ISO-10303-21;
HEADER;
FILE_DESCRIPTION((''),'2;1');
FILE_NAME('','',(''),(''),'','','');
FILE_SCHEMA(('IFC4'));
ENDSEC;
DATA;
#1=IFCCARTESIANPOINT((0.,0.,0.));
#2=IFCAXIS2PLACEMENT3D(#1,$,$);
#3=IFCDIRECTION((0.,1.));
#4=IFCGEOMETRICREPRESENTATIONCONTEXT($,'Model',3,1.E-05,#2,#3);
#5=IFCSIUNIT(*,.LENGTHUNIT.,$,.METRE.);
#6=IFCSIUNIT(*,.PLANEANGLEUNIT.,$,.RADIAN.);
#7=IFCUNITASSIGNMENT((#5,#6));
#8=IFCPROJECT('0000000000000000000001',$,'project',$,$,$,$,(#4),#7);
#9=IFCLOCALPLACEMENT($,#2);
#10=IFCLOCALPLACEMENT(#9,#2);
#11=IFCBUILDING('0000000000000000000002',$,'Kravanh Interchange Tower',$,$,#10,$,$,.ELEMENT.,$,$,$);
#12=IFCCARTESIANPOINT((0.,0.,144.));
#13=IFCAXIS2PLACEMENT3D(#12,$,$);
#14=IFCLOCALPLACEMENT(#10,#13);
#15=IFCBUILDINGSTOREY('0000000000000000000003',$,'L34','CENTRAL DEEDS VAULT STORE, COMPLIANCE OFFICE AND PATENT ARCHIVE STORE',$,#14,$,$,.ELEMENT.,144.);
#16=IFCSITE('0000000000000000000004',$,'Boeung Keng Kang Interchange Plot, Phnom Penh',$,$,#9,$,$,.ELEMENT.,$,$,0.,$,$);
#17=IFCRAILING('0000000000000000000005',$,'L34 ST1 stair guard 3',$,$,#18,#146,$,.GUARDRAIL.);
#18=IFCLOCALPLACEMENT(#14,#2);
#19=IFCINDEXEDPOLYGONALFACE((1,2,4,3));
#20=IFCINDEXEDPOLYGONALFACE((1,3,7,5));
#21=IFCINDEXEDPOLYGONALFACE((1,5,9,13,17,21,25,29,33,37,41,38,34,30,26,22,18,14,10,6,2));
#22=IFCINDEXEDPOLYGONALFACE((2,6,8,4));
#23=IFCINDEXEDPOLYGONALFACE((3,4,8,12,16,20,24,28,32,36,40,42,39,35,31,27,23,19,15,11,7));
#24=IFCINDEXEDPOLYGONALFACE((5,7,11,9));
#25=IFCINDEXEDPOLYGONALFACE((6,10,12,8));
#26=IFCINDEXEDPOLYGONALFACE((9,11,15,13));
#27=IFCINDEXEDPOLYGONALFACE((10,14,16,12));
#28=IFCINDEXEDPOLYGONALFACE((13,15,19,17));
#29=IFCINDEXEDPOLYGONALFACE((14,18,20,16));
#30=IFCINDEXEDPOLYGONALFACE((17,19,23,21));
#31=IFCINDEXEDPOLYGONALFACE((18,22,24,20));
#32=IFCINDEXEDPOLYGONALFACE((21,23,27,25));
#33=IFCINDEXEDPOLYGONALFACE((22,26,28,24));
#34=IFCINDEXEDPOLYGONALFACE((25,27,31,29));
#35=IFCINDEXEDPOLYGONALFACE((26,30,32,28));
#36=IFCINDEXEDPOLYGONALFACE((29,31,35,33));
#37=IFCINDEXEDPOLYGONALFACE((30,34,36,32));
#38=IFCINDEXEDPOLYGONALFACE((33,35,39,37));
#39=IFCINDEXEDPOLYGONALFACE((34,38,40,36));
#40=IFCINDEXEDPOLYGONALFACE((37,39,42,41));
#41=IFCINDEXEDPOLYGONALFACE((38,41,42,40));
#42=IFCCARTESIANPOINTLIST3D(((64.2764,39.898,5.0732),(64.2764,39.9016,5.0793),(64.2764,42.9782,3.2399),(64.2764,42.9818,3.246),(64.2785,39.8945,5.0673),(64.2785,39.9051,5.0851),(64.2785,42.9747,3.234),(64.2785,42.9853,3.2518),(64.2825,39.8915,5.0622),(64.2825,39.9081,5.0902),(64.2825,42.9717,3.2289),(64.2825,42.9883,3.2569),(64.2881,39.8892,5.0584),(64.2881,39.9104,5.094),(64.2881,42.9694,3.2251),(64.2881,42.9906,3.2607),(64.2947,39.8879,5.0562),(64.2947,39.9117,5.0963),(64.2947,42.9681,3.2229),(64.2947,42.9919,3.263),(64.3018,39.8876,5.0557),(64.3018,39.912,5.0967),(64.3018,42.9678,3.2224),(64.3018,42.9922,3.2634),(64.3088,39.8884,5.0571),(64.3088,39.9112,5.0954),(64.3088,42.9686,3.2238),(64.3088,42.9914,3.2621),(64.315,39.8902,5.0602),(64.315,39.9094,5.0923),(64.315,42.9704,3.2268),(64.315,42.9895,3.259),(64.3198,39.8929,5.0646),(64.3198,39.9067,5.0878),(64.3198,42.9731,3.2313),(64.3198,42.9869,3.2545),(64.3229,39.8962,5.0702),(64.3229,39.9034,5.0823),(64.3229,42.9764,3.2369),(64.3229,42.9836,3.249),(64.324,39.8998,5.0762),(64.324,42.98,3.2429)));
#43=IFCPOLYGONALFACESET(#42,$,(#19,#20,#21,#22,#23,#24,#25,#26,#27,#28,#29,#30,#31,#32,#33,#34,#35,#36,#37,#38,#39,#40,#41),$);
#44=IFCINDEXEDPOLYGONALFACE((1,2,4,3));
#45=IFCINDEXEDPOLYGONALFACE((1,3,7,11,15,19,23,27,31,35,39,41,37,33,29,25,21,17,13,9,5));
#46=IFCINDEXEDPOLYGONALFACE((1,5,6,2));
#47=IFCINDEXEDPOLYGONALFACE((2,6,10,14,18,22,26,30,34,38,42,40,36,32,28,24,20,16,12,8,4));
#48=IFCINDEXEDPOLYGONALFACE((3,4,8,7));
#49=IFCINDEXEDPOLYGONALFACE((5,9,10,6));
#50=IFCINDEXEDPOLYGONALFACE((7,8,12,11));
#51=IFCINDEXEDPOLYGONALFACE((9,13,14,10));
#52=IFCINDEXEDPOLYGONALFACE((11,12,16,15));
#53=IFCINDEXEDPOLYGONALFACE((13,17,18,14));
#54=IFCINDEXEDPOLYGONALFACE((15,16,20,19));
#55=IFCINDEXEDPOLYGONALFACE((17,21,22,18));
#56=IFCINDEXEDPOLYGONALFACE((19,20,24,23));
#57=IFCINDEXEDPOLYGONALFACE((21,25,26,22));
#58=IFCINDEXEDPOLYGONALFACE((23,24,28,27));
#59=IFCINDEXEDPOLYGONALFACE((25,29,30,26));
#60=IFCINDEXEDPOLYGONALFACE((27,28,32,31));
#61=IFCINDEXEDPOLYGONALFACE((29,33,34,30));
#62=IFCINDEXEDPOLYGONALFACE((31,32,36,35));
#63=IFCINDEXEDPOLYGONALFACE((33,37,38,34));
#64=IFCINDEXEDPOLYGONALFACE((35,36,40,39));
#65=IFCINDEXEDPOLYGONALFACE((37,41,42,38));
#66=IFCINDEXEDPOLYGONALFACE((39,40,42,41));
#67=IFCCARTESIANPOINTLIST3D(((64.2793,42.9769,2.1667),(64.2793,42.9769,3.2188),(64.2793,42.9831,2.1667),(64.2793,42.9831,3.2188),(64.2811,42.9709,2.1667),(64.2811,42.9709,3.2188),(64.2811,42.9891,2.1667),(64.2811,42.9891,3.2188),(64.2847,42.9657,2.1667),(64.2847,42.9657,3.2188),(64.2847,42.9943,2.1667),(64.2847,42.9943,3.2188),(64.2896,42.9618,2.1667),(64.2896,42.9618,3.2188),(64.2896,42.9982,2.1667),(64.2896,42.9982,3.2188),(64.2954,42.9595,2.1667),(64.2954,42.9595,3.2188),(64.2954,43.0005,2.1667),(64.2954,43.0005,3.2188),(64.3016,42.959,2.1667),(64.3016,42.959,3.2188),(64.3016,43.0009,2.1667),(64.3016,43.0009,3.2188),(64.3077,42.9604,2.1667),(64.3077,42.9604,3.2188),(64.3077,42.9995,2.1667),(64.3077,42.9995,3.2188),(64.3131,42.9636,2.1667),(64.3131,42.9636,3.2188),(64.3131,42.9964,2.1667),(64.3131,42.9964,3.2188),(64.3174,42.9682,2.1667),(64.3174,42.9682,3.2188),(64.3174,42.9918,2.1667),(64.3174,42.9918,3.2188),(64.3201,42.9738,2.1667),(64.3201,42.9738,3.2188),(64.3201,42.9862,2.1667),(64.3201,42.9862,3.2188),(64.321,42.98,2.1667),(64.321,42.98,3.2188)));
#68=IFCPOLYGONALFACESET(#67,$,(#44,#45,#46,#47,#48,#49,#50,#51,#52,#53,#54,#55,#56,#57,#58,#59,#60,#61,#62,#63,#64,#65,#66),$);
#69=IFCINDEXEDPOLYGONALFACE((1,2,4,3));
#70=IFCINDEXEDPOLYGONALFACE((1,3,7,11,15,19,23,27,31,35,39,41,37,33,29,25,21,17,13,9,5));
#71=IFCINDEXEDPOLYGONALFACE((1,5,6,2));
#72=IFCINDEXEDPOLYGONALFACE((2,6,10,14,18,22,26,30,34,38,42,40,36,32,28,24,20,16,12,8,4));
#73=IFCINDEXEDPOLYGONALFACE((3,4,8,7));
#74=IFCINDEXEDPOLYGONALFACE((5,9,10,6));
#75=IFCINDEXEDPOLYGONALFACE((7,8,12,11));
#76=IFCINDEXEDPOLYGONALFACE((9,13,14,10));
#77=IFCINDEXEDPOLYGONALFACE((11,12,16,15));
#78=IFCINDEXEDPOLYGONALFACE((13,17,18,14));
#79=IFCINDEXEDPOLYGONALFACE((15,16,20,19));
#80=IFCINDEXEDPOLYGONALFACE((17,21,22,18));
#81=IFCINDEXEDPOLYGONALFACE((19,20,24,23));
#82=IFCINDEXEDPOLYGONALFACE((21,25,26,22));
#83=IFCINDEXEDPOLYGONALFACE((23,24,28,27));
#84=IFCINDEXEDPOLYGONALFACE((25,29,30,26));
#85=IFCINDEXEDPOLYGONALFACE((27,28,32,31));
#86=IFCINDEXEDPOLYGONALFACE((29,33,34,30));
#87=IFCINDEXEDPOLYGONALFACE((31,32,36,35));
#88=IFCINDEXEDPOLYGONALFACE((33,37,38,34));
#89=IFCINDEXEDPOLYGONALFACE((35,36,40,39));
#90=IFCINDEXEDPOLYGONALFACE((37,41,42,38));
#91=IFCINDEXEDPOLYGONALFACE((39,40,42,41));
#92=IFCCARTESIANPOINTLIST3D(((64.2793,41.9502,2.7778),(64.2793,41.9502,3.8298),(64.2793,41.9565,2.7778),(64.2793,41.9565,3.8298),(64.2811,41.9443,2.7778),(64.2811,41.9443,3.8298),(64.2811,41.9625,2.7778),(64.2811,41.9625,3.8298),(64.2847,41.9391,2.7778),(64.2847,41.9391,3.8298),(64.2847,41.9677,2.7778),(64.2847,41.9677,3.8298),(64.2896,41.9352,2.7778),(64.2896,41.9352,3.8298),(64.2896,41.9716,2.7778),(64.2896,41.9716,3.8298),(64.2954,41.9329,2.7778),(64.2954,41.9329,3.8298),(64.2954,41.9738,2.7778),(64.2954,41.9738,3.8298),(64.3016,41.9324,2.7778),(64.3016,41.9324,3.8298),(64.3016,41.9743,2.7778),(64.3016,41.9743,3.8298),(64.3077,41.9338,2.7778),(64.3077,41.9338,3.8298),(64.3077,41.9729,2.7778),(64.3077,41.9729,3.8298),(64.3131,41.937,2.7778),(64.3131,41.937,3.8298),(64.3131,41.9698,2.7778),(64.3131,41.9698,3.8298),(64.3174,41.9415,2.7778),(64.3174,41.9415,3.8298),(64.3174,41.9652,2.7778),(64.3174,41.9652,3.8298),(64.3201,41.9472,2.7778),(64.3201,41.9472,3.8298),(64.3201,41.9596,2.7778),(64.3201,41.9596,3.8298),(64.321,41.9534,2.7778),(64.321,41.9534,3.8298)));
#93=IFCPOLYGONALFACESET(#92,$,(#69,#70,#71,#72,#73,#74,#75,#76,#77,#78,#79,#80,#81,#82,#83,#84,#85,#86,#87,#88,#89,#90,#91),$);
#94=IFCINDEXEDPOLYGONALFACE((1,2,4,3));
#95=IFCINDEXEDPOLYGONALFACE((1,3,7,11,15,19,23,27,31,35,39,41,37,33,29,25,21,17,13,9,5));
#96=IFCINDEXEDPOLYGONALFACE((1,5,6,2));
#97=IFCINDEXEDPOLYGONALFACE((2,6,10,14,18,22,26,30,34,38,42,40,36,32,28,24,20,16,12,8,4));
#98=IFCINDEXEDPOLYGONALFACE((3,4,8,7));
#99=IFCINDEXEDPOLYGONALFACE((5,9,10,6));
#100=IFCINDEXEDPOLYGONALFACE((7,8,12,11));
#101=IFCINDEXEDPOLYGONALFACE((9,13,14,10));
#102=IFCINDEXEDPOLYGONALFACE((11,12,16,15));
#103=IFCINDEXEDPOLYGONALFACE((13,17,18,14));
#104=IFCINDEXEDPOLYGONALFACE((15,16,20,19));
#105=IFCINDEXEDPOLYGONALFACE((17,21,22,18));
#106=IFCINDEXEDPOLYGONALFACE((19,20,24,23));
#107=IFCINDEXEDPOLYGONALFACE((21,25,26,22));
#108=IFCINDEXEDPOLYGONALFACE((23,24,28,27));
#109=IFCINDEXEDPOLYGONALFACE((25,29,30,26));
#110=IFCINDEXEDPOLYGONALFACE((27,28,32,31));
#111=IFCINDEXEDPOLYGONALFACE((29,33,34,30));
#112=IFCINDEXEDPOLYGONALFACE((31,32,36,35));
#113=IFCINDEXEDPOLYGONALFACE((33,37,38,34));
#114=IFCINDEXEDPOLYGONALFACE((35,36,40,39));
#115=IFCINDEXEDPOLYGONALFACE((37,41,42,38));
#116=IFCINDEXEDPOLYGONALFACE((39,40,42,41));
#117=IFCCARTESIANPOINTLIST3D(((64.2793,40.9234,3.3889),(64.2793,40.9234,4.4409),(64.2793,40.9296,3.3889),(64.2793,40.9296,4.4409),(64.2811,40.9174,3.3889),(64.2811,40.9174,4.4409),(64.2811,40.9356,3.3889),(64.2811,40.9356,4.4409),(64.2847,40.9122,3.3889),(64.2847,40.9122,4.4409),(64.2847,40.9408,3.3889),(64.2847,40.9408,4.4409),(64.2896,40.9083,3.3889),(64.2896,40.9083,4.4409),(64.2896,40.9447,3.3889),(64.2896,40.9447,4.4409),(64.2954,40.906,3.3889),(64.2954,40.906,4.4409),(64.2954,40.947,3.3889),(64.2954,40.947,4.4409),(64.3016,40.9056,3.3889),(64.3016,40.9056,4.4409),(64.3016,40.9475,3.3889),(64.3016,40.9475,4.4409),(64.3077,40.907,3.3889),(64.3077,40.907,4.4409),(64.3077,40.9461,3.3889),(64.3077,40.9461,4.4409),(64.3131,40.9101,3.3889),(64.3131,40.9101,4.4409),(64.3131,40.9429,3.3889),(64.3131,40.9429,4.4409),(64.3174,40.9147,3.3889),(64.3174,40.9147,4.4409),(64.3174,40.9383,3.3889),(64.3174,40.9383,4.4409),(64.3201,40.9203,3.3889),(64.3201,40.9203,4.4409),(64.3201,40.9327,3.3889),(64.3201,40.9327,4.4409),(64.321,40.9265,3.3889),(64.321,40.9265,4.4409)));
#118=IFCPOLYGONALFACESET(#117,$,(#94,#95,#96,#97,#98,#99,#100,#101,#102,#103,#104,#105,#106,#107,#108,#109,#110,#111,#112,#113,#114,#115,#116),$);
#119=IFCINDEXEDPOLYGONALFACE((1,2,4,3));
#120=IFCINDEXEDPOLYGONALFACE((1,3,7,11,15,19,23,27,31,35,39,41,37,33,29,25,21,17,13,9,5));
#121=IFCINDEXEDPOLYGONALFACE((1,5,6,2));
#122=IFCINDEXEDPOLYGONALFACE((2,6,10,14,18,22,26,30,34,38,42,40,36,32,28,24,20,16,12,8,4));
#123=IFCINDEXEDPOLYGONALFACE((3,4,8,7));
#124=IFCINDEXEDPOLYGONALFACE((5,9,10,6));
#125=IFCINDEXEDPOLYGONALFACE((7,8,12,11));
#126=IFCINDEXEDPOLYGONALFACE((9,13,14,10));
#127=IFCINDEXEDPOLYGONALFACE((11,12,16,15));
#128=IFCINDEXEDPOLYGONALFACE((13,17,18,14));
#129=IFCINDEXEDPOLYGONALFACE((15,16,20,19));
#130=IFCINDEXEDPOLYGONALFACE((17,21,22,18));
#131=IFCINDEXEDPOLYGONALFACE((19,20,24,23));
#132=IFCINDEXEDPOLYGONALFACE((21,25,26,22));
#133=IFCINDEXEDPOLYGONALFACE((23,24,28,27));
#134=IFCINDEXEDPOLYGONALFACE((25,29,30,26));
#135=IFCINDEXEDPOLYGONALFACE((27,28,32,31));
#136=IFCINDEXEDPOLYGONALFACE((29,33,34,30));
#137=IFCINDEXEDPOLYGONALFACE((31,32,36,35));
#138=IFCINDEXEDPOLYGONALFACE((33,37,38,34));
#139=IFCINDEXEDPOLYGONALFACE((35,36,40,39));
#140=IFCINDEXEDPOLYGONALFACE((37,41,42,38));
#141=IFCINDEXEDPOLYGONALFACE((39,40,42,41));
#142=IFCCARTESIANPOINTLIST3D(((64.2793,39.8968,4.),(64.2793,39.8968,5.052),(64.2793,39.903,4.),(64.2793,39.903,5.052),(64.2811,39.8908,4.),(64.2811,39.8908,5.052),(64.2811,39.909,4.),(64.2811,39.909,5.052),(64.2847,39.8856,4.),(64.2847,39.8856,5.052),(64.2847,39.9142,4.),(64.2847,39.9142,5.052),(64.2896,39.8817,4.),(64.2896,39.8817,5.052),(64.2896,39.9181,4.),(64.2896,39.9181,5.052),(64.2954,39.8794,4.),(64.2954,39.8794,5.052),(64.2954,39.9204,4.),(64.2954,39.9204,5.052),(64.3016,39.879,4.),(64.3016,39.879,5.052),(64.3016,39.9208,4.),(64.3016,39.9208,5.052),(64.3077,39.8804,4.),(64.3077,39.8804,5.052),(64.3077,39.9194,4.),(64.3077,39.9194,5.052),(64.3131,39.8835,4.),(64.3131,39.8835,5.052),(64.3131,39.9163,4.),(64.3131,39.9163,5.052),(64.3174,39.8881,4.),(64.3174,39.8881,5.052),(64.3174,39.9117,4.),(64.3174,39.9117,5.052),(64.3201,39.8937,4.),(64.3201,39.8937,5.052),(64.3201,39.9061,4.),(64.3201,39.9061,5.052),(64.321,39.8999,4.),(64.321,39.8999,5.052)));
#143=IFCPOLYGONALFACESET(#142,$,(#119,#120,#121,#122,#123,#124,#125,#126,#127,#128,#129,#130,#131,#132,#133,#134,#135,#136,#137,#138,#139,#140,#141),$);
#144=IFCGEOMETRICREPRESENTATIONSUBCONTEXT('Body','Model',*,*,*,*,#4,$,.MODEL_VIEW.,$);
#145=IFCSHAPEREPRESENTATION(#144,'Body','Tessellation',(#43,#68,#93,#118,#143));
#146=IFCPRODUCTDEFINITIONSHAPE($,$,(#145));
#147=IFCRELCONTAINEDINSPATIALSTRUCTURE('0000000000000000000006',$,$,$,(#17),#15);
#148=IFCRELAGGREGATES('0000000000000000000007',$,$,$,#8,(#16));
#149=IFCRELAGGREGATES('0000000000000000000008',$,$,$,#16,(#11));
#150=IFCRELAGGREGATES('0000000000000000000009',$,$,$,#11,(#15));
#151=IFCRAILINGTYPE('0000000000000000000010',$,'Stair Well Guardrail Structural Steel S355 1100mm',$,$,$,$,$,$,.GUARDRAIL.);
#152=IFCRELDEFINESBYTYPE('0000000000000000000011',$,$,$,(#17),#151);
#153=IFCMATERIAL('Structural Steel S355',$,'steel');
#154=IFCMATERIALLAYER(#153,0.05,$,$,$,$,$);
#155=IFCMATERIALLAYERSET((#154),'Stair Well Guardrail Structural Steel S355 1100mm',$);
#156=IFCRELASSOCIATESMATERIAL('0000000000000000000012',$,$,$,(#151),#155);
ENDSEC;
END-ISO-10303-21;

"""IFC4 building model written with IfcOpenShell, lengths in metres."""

from ifc_helpers import new_model, si_unit, direction, frame, origin, origin_2d, place, context, subcontext, project, spatial, circle, extrude, material, layer, layer_set, type_object, element, save


model = new_model("IFC4")

# Units and contexts
model_context = context("Model", 3, precision=1e-05, world=origin(), true_north=direction((0.0, 1.0)))
body_context = subcontext(model_context, "Body", "Model", "MODEL_VIEW")
ifc_project = project(units=[si_unit("LENGTHUNIT", "METRE"), si_unit("PLANEANGLEUNIT", "RADIAN")], contexts=[model_context])

# Site, building, storey
site_placement = place(None, origin())
site = spatial("IfcSite", under=ifc_project, at=site_placement, Name="Boeung Keng Kang Interchange Plot, Phnom Penh", CompositionType="ELEMENT", RefElevation=0.0)
building_placement = place(site_placement, origin())
building = spatial("IfcBuilding", under=site, at=building_placement, Name="Kravanh Interchange Tower", CompositionType="ELEMENT")
storey_placement = place(building_placement, frame((0.0, 0.0, 144.0)))
storey = spatial("IfcBuildingStorey", under=building, at=storey_placement, Name="L34", Description="CENTRAL DEEDS VAULT STORE, COMPLIANCE OFFICE AND PATENT ARCHIVE STORE", CompositionType="ELEMENT", Elevation=144.0)

# Railing
ifc_material_1 = material(Name="Structural Steel S355", Category="steel")
ifc_layer_1 = layer(ifc_material_1, 0.05)
ifc_layer_set_1 = layer_set([ifc_layer_1], Name="Stair Well Guardrail Structural Steel S355 1100mm")
railing_type_1 = type_object("IfcRailingType", Name="Stair Well Guardrail Structural Steel S355 1100mm", PredefinedType="GUARDRAIL", material=ifc_layer_set_1)
railing_1_placement = place(storey_placement, frame((64.3, 42.98, 2.1667)))
element("IfcRailing", 1, at=railing_1_placement, inside=storey, type_object=railing_type_1, Name="L34 ST1 stair guard 3", PredefinedType="GUARDRAIL", context=body_context, shape_type="SweptSolid", body=[
    extrude(circle(Radius=0.0239, at=origin_2d()), frame((0.0, 0.0, 1.0762), z_axis=(0.0, -0.859309, 0.511458), x_axis=(1.0, 0.0, 0.0)), (0.0, 0.0, 1.0), 3.5845),
    extrude(circle(Radius=0.021, at=origin_2d()), origin(), (0.0, 0.0, 1.0), 1.052),
    extrude(circle(Radius=0.021, at=origin_2d()), frame((0.0, -1.0266, 0.6111)), (0.0, 0.0, 1.0), 1.052),
    extrude(circle(Radius=0.021, at=origin_2d()), frame((0.0, -2.0535, 1.2222)), (0.0, 0.0, 1.0), 1.052),
    extrude(circle(Radius=0.021, at=origin_2d()), frame((0.0, -3.0801, 1.8333)), (0.0, 0.0, 1.0), 1.052),
])

save(model, "model.ifc")
